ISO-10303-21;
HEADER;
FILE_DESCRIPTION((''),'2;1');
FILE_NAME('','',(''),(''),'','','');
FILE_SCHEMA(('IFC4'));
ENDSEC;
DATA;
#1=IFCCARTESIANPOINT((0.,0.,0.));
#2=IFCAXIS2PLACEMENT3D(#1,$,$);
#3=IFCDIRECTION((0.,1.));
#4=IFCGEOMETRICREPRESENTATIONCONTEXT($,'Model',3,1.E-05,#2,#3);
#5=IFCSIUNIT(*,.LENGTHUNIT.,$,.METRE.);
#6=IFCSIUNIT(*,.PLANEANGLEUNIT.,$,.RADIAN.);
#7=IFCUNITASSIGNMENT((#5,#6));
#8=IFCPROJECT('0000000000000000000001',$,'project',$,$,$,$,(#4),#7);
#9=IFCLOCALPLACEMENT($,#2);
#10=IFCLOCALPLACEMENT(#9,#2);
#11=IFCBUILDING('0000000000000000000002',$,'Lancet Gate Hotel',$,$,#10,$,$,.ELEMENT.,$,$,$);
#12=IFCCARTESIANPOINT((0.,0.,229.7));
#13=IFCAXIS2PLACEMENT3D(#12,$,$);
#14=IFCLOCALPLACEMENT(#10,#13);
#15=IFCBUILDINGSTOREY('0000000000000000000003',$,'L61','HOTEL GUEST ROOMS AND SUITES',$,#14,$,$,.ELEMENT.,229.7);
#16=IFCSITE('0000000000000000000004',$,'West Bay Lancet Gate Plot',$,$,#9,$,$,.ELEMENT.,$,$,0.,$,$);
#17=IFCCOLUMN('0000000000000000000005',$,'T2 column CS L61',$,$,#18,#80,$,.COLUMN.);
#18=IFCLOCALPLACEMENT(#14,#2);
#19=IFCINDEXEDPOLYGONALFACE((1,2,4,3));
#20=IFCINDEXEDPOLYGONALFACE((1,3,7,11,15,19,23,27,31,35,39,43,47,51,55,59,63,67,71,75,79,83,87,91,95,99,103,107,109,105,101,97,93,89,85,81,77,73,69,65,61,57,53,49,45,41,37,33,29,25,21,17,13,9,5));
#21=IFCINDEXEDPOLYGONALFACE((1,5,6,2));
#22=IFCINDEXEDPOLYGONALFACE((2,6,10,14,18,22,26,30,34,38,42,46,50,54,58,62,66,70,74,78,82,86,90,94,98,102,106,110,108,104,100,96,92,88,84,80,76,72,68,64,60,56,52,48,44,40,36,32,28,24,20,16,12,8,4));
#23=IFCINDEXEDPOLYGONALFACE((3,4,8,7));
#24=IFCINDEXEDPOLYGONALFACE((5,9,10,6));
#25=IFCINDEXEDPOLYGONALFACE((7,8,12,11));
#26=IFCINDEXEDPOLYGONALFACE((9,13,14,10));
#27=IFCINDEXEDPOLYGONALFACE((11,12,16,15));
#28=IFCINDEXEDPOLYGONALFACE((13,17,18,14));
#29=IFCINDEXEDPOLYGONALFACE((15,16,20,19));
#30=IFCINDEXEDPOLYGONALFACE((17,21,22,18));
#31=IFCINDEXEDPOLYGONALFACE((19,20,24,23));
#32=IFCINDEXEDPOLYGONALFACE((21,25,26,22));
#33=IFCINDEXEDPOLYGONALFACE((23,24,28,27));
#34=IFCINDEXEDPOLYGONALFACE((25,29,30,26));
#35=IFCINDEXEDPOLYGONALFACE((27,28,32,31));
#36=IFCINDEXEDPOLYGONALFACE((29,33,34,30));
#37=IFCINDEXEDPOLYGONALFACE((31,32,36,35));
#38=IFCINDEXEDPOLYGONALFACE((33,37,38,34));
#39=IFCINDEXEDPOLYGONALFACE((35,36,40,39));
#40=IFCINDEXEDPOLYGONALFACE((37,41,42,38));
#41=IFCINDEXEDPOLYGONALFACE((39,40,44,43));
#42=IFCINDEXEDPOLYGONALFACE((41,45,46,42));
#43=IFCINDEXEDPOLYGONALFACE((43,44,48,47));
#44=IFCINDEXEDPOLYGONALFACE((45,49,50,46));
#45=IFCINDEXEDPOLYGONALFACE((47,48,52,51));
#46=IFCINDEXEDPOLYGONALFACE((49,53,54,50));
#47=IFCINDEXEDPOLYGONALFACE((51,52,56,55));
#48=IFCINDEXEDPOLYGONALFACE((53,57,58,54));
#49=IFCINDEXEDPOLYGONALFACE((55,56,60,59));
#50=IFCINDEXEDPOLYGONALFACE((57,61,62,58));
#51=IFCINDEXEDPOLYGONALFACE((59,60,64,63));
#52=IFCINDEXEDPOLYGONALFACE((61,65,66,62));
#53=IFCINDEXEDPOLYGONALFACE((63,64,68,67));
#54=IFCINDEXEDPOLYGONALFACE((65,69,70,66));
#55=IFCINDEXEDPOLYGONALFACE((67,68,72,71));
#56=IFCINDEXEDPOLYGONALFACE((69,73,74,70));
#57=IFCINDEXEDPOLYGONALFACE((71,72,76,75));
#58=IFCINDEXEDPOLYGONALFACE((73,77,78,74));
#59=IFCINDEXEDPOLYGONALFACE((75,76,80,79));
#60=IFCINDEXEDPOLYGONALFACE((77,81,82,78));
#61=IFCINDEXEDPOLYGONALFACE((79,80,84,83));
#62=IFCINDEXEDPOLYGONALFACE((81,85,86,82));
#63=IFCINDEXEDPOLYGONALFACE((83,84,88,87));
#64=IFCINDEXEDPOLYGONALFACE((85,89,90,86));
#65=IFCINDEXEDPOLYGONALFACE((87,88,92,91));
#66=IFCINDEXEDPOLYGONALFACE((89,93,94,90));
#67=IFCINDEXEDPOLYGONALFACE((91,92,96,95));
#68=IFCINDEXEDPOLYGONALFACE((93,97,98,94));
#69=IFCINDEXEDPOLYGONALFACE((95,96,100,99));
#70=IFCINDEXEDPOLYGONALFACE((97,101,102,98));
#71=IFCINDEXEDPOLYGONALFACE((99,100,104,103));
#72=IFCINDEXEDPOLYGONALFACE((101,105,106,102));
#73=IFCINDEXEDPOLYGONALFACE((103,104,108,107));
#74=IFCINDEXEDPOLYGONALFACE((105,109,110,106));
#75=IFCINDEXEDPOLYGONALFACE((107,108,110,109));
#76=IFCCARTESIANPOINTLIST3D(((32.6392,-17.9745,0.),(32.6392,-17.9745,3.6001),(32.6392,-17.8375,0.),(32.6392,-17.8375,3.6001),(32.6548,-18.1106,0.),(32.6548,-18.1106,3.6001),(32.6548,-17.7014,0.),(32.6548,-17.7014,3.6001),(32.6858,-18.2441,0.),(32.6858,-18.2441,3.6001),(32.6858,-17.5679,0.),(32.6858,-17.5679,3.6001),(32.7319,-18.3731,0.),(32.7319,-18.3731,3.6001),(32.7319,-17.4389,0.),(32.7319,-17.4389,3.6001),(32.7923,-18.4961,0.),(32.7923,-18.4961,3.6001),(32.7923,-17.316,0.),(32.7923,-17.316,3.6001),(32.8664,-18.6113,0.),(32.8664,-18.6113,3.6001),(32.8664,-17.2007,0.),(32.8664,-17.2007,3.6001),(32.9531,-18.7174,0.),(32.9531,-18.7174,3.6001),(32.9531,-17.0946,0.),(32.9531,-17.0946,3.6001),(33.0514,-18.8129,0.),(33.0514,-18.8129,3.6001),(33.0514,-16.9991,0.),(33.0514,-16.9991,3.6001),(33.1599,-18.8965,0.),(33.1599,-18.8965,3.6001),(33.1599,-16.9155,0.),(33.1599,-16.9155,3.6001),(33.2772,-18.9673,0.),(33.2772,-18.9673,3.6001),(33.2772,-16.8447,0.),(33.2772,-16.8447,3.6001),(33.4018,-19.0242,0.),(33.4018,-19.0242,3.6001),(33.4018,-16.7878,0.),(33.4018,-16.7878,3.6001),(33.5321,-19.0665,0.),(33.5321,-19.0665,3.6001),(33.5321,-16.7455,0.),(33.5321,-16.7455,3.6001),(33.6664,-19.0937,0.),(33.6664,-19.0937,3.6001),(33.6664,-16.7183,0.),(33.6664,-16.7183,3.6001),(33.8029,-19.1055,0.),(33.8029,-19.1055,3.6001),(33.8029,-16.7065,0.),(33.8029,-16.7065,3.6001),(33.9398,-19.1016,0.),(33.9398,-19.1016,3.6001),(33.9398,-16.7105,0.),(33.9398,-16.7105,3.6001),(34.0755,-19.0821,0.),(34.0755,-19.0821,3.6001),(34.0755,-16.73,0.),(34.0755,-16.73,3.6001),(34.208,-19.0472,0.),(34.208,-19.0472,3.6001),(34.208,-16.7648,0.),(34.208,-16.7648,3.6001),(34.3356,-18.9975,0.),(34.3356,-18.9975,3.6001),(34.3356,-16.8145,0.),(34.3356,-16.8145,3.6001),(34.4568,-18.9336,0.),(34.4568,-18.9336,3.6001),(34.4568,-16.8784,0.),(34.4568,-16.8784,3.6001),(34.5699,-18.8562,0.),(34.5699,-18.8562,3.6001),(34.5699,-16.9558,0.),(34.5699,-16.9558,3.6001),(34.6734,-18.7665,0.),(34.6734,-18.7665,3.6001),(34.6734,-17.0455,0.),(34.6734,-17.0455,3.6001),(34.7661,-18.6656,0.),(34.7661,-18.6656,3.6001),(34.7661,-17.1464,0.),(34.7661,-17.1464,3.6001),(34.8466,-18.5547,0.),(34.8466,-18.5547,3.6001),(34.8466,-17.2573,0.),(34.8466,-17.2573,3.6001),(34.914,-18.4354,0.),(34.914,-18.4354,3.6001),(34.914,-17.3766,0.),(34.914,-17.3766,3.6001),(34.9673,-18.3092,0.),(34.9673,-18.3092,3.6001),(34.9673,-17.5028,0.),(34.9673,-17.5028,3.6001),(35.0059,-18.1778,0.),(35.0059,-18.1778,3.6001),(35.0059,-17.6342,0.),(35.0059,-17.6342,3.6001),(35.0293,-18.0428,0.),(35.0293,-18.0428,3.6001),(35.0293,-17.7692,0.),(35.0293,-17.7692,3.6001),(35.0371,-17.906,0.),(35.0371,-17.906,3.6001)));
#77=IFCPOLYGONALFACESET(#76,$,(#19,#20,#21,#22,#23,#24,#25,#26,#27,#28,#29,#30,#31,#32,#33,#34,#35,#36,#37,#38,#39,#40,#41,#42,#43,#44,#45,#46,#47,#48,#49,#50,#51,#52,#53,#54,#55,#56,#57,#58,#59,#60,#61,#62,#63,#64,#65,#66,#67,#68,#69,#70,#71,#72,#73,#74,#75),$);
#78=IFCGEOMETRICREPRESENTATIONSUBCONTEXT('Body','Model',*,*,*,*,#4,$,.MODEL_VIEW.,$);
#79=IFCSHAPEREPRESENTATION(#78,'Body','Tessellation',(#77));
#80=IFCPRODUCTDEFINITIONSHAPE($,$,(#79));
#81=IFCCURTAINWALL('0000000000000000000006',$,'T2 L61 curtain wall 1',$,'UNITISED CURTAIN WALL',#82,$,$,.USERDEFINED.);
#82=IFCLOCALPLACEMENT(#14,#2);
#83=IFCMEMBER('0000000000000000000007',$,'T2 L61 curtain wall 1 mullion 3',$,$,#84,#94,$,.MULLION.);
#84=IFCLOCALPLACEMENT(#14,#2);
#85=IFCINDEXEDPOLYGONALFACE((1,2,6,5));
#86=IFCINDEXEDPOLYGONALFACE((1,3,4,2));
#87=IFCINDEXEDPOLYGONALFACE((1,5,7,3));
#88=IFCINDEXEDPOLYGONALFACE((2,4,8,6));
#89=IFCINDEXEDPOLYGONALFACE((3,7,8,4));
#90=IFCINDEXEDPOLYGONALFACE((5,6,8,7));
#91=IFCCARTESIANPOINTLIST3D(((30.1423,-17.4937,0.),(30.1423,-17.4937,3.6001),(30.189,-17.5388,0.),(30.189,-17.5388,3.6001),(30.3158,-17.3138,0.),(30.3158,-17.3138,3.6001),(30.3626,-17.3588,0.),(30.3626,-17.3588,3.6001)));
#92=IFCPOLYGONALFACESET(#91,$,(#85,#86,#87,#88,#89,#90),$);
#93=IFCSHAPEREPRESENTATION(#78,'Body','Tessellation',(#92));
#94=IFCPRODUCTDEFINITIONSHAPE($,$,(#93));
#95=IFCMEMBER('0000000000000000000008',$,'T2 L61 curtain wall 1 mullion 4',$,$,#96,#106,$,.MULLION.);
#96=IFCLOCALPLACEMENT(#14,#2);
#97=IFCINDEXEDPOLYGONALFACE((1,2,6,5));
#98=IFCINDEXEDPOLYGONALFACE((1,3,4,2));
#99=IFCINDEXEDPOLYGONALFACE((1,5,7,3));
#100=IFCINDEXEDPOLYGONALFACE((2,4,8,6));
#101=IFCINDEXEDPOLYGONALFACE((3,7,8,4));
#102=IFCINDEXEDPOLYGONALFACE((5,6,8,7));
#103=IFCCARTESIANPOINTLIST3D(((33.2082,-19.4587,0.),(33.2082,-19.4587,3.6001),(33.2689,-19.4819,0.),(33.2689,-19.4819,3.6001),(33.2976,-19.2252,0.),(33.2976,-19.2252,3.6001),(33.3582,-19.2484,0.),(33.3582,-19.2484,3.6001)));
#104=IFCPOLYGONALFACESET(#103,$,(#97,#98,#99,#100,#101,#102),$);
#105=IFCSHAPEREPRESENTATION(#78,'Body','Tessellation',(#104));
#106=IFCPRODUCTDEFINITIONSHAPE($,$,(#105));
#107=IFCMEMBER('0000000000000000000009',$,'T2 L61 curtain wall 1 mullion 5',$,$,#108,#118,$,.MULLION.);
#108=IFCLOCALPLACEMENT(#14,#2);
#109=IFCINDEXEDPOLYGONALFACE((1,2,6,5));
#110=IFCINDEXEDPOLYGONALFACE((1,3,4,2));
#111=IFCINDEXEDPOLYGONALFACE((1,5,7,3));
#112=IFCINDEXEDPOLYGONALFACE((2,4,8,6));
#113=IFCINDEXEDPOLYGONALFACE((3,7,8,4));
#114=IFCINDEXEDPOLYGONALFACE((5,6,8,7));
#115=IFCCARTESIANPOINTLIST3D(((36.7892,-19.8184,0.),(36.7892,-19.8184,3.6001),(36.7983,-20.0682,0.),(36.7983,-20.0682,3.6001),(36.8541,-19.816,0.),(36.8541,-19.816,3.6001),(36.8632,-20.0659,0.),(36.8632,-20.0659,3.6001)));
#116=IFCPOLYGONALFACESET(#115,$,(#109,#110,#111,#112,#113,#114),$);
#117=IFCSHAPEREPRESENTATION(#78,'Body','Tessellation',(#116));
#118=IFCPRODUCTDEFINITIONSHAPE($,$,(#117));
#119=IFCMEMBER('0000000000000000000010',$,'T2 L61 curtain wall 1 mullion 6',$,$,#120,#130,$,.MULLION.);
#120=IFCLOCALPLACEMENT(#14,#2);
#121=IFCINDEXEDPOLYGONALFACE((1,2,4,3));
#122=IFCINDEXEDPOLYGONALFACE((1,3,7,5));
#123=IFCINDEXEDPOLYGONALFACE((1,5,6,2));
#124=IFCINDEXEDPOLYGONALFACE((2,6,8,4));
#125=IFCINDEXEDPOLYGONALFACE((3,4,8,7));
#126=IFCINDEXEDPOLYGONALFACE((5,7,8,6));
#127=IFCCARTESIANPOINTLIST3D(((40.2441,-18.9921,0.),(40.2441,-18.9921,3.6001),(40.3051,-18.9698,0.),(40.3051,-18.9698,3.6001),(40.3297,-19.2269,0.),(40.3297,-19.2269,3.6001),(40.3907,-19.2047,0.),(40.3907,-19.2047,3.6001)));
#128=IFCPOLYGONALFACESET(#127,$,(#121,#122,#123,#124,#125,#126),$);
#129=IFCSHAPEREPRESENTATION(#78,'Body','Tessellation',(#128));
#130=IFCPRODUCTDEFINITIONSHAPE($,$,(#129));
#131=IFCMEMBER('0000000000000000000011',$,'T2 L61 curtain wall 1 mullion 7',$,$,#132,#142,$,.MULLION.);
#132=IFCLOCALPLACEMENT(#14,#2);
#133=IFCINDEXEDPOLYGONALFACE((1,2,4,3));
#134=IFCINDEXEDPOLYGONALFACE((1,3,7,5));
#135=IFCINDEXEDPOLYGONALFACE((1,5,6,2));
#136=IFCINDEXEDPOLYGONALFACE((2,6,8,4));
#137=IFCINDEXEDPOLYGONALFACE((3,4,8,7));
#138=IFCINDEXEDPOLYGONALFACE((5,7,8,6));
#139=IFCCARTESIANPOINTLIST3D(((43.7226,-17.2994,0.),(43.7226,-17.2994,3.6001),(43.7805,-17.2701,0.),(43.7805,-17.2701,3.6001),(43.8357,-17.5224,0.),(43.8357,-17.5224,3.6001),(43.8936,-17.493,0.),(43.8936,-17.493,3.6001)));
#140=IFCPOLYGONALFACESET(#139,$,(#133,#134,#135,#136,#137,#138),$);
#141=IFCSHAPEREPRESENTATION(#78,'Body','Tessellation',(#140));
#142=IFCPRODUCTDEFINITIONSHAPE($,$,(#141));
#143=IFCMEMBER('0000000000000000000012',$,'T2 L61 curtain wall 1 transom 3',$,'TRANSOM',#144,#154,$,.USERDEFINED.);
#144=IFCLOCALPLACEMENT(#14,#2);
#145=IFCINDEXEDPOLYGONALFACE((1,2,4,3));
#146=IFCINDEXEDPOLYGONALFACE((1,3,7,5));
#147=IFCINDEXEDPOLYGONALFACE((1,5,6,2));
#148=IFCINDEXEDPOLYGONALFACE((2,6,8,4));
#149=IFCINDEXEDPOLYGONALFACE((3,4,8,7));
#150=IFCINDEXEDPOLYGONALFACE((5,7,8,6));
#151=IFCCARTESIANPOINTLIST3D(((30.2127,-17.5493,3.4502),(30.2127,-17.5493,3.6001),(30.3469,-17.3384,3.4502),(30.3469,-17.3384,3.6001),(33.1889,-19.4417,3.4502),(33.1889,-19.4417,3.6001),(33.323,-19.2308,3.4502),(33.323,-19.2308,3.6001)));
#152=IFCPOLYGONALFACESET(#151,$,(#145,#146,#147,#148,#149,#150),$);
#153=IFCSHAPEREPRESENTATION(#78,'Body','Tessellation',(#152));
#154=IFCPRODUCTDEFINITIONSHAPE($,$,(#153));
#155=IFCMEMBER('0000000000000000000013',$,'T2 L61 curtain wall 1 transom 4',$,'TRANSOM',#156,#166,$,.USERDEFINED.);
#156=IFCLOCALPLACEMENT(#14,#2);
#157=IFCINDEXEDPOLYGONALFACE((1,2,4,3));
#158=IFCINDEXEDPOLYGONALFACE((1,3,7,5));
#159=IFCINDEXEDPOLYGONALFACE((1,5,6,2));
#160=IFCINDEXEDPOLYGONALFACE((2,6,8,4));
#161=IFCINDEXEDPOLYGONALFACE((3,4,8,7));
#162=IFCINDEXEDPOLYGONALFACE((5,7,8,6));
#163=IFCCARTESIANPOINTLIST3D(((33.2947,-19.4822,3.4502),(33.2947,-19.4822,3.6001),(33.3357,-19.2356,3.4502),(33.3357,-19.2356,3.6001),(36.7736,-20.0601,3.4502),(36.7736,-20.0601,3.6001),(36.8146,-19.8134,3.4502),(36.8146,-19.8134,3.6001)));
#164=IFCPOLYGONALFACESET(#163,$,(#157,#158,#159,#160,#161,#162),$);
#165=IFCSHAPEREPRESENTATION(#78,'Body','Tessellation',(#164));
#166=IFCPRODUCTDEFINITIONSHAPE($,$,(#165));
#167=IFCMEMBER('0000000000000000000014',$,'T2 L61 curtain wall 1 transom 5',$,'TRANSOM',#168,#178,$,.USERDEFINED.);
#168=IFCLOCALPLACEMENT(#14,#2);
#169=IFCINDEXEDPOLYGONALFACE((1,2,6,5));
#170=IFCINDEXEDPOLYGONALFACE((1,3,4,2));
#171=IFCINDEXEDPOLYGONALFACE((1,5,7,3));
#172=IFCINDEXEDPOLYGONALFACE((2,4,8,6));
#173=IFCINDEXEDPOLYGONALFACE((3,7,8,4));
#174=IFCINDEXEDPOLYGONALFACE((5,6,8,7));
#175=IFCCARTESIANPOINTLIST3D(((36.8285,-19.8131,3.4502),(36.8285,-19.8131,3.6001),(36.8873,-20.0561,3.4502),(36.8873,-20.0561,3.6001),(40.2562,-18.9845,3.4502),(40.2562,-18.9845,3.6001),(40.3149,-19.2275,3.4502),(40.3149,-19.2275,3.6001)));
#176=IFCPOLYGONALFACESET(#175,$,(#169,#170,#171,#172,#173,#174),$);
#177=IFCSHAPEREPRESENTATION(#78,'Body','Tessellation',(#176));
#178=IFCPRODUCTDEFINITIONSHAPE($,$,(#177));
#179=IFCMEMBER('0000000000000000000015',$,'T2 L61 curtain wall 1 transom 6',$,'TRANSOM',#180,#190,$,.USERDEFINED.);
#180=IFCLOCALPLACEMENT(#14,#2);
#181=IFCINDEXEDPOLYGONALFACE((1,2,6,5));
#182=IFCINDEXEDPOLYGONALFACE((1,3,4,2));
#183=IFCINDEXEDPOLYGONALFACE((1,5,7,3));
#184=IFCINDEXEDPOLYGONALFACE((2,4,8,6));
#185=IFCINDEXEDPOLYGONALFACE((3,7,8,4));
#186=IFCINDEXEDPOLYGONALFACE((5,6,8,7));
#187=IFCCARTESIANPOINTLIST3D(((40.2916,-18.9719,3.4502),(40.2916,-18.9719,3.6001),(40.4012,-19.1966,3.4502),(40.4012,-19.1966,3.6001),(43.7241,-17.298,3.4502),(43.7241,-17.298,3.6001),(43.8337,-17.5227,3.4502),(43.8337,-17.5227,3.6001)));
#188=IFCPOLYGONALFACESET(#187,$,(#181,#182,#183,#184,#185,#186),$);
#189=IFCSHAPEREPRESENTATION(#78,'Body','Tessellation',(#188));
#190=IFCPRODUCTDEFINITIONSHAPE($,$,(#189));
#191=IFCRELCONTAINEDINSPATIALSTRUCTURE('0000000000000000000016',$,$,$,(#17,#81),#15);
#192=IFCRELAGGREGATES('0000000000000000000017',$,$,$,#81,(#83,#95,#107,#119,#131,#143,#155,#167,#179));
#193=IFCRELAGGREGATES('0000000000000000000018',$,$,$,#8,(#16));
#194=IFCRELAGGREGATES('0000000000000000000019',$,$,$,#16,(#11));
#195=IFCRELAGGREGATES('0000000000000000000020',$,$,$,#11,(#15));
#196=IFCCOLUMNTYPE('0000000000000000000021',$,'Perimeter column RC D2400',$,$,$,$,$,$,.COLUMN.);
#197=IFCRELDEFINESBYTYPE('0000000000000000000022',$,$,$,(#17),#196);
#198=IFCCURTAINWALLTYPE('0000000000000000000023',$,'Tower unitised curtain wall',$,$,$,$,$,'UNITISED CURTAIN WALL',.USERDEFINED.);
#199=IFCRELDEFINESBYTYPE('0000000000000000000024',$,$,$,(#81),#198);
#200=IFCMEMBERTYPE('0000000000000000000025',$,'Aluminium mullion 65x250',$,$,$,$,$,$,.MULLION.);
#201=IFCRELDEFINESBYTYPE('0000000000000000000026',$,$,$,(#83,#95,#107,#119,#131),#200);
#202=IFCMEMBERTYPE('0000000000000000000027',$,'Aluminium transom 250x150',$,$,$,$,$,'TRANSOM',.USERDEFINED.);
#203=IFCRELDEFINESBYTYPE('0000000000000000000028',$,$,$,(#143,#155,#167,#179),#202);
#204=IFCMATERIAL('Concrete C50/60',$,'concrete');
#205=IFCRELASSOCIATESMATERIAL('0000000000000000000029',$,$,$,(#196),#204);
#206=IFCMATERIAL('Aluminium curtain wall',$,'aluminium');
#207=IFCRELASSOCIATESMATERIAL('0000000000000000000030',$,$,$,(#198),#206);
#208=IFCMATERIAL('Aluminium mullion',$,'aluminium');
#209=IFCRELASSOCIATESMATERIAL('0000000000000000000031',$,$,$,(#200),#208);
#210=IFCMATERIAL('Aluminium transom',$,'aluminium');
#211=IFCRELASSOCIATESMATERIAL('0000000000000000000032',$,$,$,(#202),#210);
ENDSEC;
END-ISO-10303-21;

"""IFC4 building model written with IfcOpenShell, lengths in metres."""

from ifc_helpers import new_model, si_unit, direction, frame, origin, origin_2d, place, context, subcontext, project, spatial, rectangle, circle, extrude, material, material_profile, profile_set, type_object, element, aggregate, save


model = new_model("IFC4")

# Units and contexts
model_context = context("Model", 3, precision=1e-05, world=origin(), true_north=direction((0.0, 1.0)))
body_context = subcontext(model_context, "Body", "Model", "MODEL_VIEW")
ifc_project = project(units=[si_unit("LENGTHUNIT", "METRE"), si_unit("PLANEANGLEUNIT", "RADIAN")], contexts=[model_context])

# Site, building, storey
site_placement = place(None, origin())
site = spatial("IfcSite", under=ifc_project, at=site_placement, Name="West Bay Lancet Gate Plot", CompositionType="ELEMENT", RefElevation=0.0)
building_placement = place(site_placement, origin())
building = spatial("IfcBuilding", under=site, at=building_placement, Name="Lancet Gate Hotel", CompositionType="ELEMENT")
storey_placement = place(building_placement, frame((0.0, 0.0, 229.7)))
storey = spatial("IfcBuildingStorey", under=building, at=storey_placement, Name="L61", Description="HOTEL GUEST ROOMS AND SUITES", CompositionType="ELEMENT", Elevation=229.7)

# Column
ifc_material_1 = material(Name="Concrete C50/60", Category="concrete")
ifc_material_profile_1 = material_profile(ifc_material_1, circle(Radius=1.2, at=origin_2d()), Name="RC D2400")
ifc_profile_set_1 = profile_set([ifc_material_profile_1], Name="Concrete C50/60")
column_type = type_object("IfcColumnType", Name="Perimeter column RC D2400", PredefinedType="COLUMN", material=ifc_profile_set_1)
column_placement = place(storey_placement, frame((33.8372, -17.906, 0.0), z_axis=(0.0, 0.0, 1.0), x_axis=(1.0, 0.0, 0.0)))
element("IfcColumn", 1, at=column_placement, inside=storey, type_object=column_type, Name="T2 column CS L61", PredefinedType="COLUMN", context=body_context, shape_type="SweptSolid", body=[
    extrude(circle(Radius=1.2, at=origin_2d()), origin(), (0.0, 0.0, 1.0), 3.6001),
])

# Curtain wall, members
ifc_material_2 = material(Name="Aluminium curtain wall", Category="aluminium")
curtain_wall_type = type_object("IfcCurtainWallType", Name="Tower unitised curtain wall", ElementType="UNITISED CURTAIN WALL", PredefinedType="USERDEFINED", material=ifc_material_2)
curtain_wall_placement = place(storey_placement, origin())
curtain_wall = element("IfcCurtainWall", 2, at=curtain_wall_placement, inside=storey, type_object=curtain_wall_type, Name="T2 L61 curtain wall 1", ObjectType="UNITISED CURTAIN WALL", PredefinedType="USERDEFINED")
ifc_material_3 = material(Name="Aluminium mullion", Category="aluminium")
ifc_material_profile_2 = material_profile(ifc_material_3, rectangle(XDim=0.0649, YDim=0.25, at=origin_2d()), Name="MULLION 65x250")
ifc_profile_set_2 = profile_set([ifc_material_profile_2], Name="Aluminium mullion")
member_type_1 = type_object("IfcMemberType", Name="Aluminium mullion 65x250", PredefinedType="MULLION", material=ifc_profile_set_2)
member_1_placement = place(storey_placement, frame((30.2524, -17.4263, 0.0), z_axis=(0.0, 0.0, 1.0), x_axis=(0.719809, -0.694172, 0.0)))
member_1 = element("IfcMember", 3, at=member_1_placement, type_object=member_type_1, Name="T2 L61 curtain wall 1 mullion 3", PredefinedType="MULLION", context=body_context, shape_type="SweptSolid", body=[
    extrude(rectangle(XDim=0.0649, YDim=0.25, at=origin_2d()), origin(), (0.0, 0.0, 1.0), 3.6001),
])
member_2_placement = place(storey_placement, frame((33.2832, -19.3535, 0.0), z_axis=(0.0, 0.0, 1.0), x_axis=(0.933943, -0.357421, 0.0)))
member_2 = element("IfcMember", 4, at=member_2_placement, type_object=member_type_1, Name="T2 L61 curtain wall 1 mullion 4", PredefinedType="MULLION", context=body_context, shape_type="SweptSolid", body=[
    extrude(rectangle(XDim=0.0649, YDim=0.25, at=origin_2d()), origin(), (0.0, 0.0, 1.0), 3.6001),
])
member_3_placement = place(storey_placement, frame((36.8262, -19.9421, 0.0), z_axis=(0.0, 0.0, 1.0), x_axis=(0.999343, 0.03625, 0.0)))
member_3 = element("IfcMember", 5, at=member_3_placement, type_object=member_type_1, Name="T2 L61 curtain wall 1 mullion 5", PredefinedType="MULLION", context=body_context, shape_type="SweptSolid", body=[
    extrude(rectangle(XDim=0.0649, YDim=0.25, at=origin_2d()), origin(), (0.0, 0.0, 1.0), 3.6001),
])
member_4_placement = place(storey_placement, frame((40.3174, -19.0984, 0.0), z_axis=(0.0, 0.0, 1.0), x_axis=(0.939484, 0.342593, 0.0)))
member_4 = element("IfcMember", 6, at=member_4_placement, type_object=member_type_1, Name="T2 L61 curtain wall 1 mullion 6", PredefinedType="MULLION", context=body_context, shape_type="SweptSolid", body=[
    extrude(rectangle(XDim=0.0649, YDim=0.25, at=origin_2d()), origin(), (0.0, 0.0, 1.0), 3.6001),
])
member_5_placement = place(storey_placement, frame((43.8081, -17.3962, 0.0), z_axis=(0.0, 0.0, 1.0), x_axis=(0.891833, 0.452365, 0.0)))
member_5 = element("IfcMember", 7, at=member_5_placement, type_object=member_type_1, Name="T2 L61 curtain wall 1 mullion 7", PredefinedType="MULLION", context=body_context, shape_type="SweptSolid", body=[
    extrude(rectangle(XDim=0.0649, YDim=0.25, at=origin_2d()), origin(), (0.0, 0.0, 1.0), 3.6001),
])
ifc_material_4 = material(Name="Aluminium transom", Category="aluminium")
ifc_material_profile_3 = material_profile(ifc_material_4, rectangle(XDim=0.25, YDim=0.1499, at=origin_2d()), Name="TRANSOM 250x150")
ifc_profile_set_3 = profile_set([ifc_material_profile_3], Name="Aluminium transom")
member_type_2 = type_object("IfcMemberType", Name="Aluminium transom 250x150", ElementType="TRANSOM", PredefinedType="USERDEFINED", material=ifc_profile_set_3)
member_6_placement = place(storey_placement, frame((30.2798, -17.4438, 3.5251), z_axis=(0.843858, -0.536566, 0.0), x_axis=(0.536566, 0.843858, 0.0)))
member_6 = element("IfcMember", 8, at=member_6_placement, type_object=member_type_2, Name="T2 L61 curtain wall 1 transom 3", ObjectType="TRANSOM", PredefinedType="USERDEFINED", context=body_context, shape_type="SweptSolid", body=[
    extrude(rectangle(XDim=0.25, YDim=0.1499, at=origin_2d()), origin(), (0.0, 0.0, 1.0), 3.5269),
])
member_7_placement = place(storey_placement, frame((33.3152, -19.3589, 3.5251), z_axis=(0.986484, -0.16386, 0.0), x_axis=(0.16386, 0.986484, 0.0)))
member_7 = element("IfcMember", 9, at=member_7_placement, type_object=member_type_2, Name="T2 L61 curtain wall 1 transom 4", ObjectType="TRANSOM", PredefinedType="USERDEFINED", context=body_context, shape_type="SweptSolid", body=[
    extrude(rectangle(XDim=0.25, YDim=0.1499, at=origin_2d()), origin(), (0.0, 0.0, 1.0), 3.5266),
])
member_8_placement = place(storey_placement, frame((36.8579, -19.9346, 3.5251), z_axis=(0.972003, 0.23497, 0.0), x_axis=(-0.23497, 0.972003, 0.0)))
member_8 = element("IfcMember", 10, at=member_8_placement, type_object=member_type_2, Name="T2 L61 curtain wall 1 transom 5", ObjectType="TRANSOM", PredefinedType="USERDEFINED", context=body_context, shape_type="SweptSolid", body=[
    extrude(rectangle(XDim=0.25, YDim=0.1499, at=origin_2d()), origin(), (0.0, 0.0, 1.0), 3.5264),
])
member_9_placement = place(storey_placement, frame((40.3464, -19.0842, 3.5251), z_axis=(0.89882, 0.438318, 0.0), x_axis=(-0.438318, 0.89882, 0.0)))
member_9 = element("IfcMember", 11, at=member_9_placement, type_object=member_type_2, Name="T2 L61 curtain wall 1 transom 6", ObjectType="TRANSOM", PredefinedType="USERDEFINED", context=body_context, shape_type="SweptSolid", body=[
    extrude(rectangle(XDim=0.25, YDim=0.1499, at=origin_2d()), origin(), (0.0, 0.0, 1.0), 3.8188),
])

aggregate(curtain_wall, [member_1, member_2, member_3, member_4, member_5, member_6, member_7, member_8, member_9])

save(model, "model.ifc")
